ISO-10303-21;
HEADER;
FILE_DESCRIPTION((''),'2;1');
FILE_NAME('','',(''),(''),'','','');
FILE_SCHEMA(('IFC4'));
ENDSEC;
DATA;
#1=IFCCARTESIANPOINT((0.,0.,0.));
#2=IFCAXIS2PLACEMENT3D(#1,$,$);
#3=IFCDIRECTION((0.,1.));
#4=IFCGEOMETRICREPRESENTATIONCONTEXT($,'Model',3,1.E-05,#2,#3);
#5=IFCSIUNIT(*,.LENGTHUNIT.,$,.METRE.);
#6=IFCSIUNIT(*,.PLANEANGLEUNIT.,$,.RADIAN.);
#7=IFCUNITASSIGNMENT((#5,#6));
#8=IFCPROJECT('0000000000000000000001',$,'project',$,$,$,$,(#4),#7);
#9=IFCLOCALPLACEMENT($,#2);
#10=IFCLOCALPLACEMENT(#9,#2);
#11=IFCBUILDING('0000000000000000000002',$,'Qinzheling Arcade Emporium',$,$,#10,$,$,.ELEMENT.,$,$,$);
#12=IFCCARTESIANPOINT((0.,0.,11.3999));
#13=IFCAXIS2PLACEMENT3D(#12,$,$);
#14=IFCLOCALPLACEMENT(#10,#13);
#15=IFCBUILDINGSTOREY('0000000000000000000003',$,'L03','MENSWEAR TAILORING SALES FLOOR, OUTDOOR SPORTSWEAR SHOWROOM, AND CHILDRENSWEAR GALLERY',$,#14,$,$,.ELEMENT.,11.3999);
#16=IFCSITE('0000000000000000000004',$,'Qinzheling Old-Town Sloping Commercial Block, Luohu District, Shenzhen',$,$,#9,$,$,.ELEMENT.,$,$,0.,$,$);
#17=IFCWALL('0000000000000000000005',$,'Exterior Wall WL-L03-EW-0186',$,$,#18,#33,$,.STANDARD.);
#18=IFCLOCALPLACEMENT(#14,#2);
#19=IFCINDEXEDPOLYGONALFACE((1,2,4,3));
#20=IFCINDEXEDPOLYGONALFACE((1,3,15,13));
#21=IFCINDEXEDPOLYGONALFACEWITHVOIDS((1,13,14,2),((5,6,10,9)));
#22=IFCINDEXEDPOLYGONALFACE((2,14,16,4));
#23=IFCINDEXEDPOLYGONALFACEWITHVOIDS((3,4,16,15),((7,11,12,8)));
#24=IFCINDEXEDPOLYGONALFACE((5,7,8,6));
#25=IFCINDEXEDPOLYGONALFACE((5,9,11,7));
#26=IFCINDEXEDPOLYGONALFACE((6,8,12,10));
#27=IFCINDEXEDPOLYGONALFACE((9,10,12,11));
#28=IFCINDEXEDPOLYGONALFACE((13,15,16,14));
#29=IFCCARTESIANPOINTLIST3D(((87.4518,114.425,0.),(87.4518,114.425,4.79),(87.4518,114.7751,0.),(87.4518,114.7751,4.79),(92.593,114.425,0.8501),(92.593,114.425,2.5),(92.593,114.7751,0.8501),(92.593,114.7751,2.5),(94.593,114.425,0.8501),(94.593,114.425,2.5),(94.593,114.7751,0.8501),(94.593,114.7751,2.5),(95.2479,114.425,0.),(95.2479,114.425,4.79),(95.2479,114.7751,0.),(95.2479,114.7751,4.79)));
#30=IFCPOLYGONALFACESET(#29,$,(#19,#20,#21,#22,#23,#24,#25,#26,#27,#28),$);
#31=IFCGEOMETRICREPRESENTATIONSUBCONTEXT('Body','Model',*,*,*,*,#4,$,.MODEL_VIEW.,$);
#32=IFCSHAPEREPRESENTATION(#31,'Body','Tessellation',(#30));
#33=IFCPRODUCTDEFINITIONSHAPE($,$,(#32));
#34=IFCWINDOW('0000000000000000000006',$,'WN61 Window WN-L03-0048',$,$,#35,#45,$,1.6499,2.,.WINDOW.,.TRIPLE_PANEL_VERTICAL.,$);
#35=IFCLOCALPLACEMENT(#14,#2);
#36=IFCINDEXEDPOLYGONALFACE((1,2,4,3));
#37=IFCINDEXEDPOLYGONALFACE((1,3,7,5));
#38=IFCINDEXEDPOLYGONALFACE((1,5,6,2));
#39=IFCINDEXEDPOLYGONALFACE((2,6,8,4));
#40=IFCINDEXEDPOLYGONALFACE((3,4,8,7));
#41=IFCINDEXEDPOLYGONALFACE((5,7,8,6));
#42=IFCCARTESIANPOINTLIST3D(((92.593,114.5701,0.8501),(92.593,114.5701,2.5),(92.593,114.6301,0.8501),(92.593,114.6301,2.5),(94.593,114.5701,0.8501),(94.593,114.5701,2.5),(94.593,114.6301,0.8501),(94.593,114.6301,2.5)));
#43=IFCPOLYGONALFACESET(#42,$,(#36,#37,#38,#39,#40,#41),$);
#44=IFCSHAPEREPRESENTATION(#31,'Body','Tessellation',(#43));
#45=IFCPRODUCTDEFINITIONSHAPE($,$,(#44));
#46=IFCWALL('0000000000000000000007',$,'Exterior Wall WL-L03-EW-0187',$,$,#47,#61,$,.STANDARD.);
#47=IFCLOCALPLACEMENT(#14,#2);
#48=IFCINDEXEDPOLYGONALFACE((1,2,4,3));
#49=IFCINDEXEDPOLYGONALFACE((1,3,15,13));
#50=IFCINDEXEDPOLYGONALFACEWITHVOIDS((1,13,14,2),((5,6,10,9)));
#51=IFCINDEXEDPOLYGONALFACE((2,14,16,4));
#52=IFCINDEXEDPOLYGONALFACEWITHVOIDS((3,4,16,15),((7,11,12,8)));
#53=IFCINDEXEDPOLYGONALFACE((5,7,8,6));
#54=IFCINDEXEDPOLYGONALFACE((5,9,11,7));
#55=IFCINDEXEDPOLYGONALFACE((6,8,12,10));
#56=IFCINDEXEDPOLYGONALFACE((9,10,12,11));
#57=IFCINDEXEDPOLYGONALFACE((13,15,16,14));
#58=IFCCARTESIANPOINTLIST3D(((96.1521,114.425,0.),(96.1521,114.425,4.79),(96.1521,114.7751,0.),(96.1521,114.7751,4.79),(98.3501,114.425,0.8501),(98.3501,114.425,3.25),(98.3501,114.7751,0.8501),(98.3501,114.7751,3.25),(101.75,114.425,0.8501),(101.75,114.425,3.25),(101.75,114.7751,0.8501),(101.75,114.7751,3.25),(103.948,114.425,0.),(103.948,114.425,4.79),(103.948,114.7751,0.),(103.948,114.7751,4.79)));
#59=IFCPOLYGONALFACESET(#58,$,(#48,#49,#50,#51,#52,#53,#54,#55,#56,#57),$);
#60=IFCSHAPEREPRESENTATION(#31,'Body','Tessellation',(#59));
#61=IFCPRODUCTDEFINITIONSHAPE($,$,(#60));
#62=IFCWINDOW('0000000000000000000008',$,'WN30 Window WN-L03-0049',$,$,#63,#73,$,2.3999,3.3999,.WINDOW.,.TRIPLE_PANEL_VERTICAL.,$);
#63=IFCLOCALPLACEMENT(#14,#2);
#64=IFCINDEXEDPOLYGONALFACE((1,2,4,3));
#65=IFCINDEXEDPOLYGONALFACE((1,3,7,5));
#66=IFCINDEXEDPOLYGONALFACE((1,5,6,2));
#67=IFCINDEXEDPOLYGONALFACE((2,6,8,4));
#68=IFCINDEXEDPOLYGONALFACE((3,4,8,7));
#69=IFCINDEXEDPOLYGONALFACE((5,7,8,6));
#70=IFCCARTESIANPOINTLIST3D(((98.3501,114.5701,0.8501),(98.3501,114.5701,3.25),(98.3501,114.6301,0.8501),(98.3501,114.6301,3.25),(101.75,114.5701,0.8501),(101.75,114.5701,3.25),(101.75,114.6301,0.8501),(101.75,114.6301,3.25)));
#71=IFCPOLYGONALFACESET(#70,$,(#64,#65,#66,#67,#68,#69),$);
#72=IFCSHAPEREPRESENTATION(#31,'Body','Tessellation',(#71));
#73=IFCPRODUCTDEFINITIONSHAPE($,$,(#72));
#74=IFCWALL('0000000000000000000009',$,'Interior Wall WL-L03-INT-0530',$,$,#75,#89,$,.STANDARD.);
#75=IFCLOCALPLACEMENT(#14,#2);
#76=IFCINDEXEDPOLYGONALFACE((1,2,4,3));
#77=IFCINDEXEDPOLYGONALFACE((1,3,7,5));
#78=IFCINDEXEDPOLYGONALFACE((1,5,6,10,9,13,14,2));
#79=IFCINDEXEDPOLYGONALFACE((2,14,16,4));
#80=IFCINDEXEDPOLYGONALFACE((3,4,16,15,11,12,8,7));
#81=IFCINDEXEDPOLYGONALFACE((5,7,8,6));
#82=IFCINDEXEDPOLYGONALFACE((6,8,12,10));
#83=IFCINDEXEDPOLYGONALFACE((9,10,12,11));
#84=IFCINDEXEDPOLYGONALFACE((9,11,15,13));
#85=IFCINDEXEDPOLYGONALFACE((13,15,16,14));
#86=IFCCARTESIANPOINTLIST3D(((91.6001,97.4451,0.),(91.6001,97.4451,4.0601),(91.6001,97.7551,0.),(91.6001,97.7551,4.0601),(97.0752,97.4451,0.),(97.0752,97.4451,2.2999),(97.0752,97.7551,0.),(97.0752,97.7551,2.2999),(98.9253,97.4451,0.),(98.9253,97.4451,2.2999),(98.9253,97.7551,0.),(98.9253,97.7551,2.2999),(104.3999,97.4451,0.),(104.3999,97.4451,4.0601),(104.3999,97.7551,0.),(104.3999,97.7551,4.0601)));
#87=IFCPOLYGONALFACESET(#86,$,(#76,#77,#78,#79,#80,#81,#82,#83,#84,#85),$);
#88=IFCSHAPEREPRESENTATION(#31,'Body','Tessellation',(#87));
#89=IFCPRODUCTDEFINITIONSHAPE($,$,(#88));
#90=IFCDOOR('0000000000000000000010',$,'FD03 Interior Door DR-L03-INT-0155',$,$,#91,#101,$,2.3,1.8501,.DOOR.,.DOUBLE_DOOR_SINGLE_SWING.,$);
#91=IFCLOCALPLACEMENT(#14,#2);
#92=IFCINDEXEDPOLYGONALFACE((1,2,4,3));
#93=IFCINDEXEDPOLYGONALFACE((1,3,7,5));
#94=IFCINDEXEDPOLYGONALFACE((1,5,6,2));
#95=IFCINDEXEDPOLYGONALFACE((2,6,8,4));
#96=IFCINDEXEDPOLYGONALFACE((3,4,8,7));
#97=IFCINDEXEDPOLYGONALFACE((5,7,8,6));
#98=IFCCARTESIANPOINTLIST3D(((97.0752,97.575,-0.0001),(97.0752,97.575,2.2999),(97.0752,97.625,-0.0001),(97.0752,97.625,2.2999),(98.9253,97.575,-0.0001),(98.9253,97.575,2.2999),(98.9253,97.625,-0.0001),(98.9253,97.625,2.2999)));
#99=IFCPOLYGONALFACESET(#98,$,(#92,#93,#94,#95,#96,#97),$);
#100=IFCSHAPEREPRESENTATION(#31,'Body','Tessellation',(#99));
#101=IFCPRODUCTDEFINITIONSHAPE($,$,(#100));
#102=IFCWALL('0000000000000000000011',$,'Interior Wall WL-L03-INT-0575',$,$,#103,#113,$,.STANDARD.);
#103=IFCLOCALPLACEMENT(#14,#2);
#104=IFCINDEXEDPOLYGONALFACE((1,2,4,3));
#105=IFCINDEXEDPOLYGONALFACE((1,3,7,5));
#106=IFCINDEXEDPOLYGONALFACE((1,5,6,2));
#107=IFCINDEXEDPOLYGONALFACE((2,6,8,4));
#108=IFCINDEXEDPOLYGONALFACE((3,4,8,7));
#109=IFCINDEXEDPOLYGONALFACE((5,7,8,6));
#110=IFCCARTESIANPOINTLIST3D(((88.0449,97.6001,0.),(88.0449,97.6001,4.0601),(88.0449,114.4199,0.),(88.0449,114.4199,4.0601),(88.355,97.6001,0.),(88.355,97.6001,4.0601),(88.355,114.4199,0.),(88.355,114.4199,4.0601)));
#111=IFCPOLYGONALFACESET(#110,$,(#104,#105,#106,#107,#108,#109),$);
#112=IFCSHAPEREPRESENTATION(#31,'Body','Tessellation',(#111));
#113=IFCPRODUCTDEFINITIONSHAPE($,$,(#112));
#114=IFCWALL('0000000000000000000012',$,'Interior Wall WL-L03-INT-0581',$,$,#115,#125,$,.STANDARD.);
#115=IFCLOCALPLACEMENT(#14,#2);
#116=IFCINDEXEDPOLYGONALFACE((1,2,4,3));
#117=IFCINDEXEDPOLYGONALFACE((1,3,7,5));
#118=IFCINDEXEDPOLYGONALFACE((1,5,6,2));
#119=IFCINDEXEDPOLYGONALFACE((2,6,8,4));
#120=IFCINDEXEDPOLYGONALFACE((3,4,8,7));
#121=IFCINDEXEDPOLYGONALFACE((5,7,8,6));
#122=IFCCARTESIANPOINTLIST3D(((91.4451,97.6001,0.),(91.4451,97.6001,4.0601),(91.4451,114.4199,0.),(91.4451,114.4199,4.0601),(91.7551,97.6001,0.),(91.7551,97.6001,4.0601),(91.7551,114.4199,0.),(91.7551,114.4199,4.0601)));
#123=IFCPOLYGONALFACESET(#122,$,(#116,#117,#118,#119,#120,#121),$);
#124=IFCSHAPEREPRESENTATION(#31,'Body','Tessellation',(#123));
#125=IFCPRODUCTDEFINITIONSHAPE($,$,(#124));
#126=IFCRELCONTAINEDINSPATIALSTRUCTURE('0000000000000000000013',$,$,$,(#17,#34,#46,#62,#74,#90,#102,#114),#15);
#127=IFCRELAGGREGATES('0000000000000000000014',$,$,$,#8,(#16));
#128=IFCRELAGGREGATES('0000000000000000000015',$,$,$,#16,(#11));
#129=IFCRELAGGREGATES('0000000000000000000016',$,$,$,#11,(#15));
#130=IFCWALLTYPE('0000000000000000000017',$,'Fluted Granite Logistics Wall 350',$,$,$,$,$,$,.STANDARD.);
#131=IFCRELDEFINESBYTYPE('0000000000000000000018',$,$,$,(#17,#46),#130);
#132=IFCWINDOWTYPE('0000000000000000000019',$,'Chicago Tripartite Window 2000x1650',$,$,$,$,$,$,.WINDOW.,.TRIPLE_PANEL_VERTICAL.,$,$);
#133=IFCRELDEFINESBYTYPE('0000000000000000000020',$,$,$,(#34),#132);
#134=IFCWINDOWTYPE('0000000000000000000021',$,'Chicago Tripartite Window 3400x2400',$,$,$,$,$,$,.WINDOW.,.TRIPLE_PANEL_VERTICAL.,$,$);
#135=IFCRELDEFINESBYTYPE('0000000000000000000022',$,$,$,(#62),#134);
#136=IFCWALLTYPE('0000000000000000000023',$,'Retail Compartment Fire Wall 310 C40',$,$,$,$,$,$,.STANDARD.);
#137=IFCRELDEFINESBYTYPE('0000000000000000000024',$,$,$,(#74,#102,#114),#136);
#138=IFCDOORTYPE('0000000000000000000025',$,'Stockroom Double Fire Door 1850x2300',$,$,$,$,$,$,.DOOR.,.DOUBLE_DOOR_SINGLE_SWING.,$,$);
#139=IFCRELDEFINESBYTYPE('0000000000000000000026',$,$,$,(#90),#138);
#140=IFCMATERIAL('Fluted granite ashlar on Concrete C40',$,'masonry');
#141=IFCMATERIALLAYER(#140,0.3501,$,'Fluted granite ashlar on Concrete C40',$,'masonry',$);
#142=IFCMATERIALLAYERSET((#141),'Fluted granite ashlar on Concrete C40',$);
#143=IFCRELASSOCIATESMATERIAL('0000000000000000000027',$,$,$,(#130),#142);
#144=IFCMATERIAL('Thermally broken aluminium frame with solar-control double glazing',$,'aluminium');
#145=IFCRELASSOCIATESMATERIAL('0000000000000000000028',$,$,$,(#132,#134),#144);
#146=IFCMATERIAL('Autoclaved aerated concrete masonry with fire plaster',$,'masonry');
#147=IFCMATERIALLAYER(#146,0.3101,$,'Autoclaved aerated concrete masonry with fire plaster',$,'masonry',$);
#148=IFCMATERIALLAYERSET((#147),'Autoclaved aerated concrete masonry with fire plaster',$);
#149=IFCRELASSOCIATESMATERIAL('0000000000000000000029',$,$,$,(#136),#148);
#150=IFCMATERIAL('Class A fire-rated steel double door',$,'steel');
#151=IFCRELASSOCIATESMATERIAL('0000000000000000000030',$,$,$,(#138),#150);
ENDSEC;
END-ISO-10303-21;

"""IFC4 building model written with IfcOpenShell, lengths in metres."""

from ifc_helpers import new_model, si_unit, direction, frame, frame_2d, origin, place, context, subcontext, project, spatial, rectangle, extrude, material, layer, layer_set, type_object, element, fill, save


model = new_model("IFC4")

# Units and contexts
model_context = context("Model", 3, precision=1e-05, world=origin(), true_north=direction((0.0, 1.0)))
body_context = subcontext(model_context, "Body", "Model", "MODEL_VIEW")
ifc_project = project(units=[si_unit("LENGTHUNIT", "METRE"), si_unit("PLANEANGLEUNIT", "RADIAN")], contexts=[model_context])

# Site, building, storey
site_placement = place(None, origin())
site = spatial("IfcSite", under=ifc_project, at=site_placement, Name="Qinzheling Old-Town Sloping Commercial Block, Luohu District, Shenzhen", CompositionType="ELEMENT", RefElevation=0.0)
building_placement = place(site_placement, origin())
building = spatial("IfcBuilding", under=site, at=building_placement, Name="Qinzheling Arcade Emporium", CompositionType="ELEMENT")
storey_placement = place(building_placement, frame((0.0, 0.0, 11.3999)))
storey = spatial("IfcBuildingStorey", under=building, at=storey_placement, Name="L03", Description="MENSWEAR TAILORING SALES FLOOR, OUTDOOR SPORTSWEAR SHOWROOM, AND CHILDRENSWEAR GALLERY", CompositionType="ELEMENT", Elevation=11.3999)

# Walls, openings, windows
ifc_material_1 = material(Name="Fluted granite ashlar on Concrete C40", Category="masonry")
ifc_layer_1 = layer(ifc_material_1, 0.3501, Name="Fluted granite ashlar on Concrete C40", Category="masonry")
ifc_layer_set_1 = layer_set([ifc_layer_1], Name="Fluted granite ashlar on Concrete C40")
wall_type_1 = type_object("IfcWallType", Name="Fluted Granite Logistics Wall 350", PredefinedType="STANDARD", material=ifc_layer_set_1)
wall_1_placement = place(storey_placement, frame((87.4519, 114.6001, 0.0), z_axis=(0.0, 0.0, 1.0), x_axis=(1.0, 0.0, 0.0)))
wall_1 = element("IfcWall", 1, at=wall_1_placement, inside=storey, type_object=wall_type_1, Name="Exterior Wall WL-L03-EW-0186", PredefinedType="STANDARD", context=body_context, shape_type="SweptSolid", body=[
    extrude(rectangle(XDim=7.7961, YDim=0.3501, at=frame_2d((3.8979, 0.0))), origin(), (0.0, 0.0, 1.0), 4.79),
])
opening_1_placement = place(wall_1_placement, frame((5.1411, 0.0, 0.8501)))
opening_1 = element("IfcOpeningElement", 2, at=opening_1_placement, cuts=wall_1, PredefinedType="OPENING", context=body_context, shape_type="SweptSolid", body=[
    extrude(rectangle(XDim=2.0, YDim=1.6499, at=frame_2d((1.0, 0.825))), frame((0.0, 0.1851, 0.0), z_axis=(0.0, -1.0, 0.0), x_axis=(1.0, 0.0, 0.0)), (0.0, 0.0, 1.0), 0.3701),
])
ifc_material_2 = material(Name="Thermally broken aluminium frame with solar-control double glazing", Category="aluminium")
window_type_1 = type_object("IfcWindowType", Name="Chicago Tripartite Window 2000x1650", PartitioningType="TRIPLE_PANEL_VERTICAL", PredefinedType="WINDOW", material=ifc_material_2)
window_1_placement = place(opening_1_placement, origin())
window_1 = element("IfcWindow", 3, at=window_1_placement, inside=storey, type_object=window_type_1, Name="WN61 Window WN-L03-0048", OverallHeight=1.6499, OverallWidth=2.0, PartitioningType="TRIPLE_PANEL_VERTICAL", PredefinedType="WINDOW", context=body_context, shape_type="SweptSolid", body=[
    extrude(rectangle(XDim=2.0, YDim=1.6499, at=frame_2d((1.0, 0.825))), frame((0.0, 0.03, 0.0), z_axis=(0.0, -1.0, 0.0), x_axis=(1.0, 0.0, 0.0)), (0.0, 0.0, 1.0), 0.0601),
])
fill(opening_1, window_1)
wall_2_placement = place(storey_placement, frame((96.1521, 114.6001, 0.0), z_axis=(0.0, 0.0, 1.0), x_axis=(1.0, 0.0, 0.0)))
wall_2 = element("IfcWall", 4, at=wall_2_placement, inside=storey, type_object=wall_type_1, Name="Exterior Wall WL-L03-EW-0187", PredefinedType="STANDARD", context=body_context, shape_type="SweptSolid", body=[
    extrude(rectangle(XDim=7.7959, YDim=0.3501, at=frame_2d((3.8979, 0.0))), origin(), (0.0, 0.0, 1.0), 4.79),
])
opening_2_placement = place(wall_2_placement, frame((2.198, 0.0, 0.8501)))
opening_2 = element("IfcOpeningElement", 5, at=opening_2_placement, cuts=wall_2, PredefinedType="OPENING", context=body_context, shape_type="SweptSolid", body=[
    extrude(rectangle(XDim=3.3999, YDim=2.3999, at=frame_2d((1.7, 1.2))), frame((0.0, 0.1851, 0.0), z_axis=(0.0, -1.0, 0.0), x_axis=(1.0, 0.0, 0.0)), (0.0, 0.0, 1.0), 0.3701),
])
window_type_2 = type_object("IfcWindowType", Name="Chicago Tripartite Window 3400x2400", PartitioningType="TRIPLE_PANEL_VERTICAL", PredefinedType="WINDOW", material=ifc_material_2)
window_2_placement = place(opening_2_placement, origin())
window_2 = element("IfcWindow", 6, at=window_2_placement, inside=storey, type_object=window_type_2, Name="WN30 Window WN-L03-0049", OverallHeight=2.3999, OverallWidth=3.3999, PartitioningType="TRIPLE_PANEL_VERTICAL", PredefinedType="WINDOW", context=body_context, shape_type="SweptSolid", body=[
    extrude(rectangle(XDim=3.3999, YDim=2.3999, at=frame_2d((1.7, 1.2))), frame((0.0, 0.03, 0.0), z_axis=(0.0, -1.0, 0.0), x_axis=(1.0, 0.0, 0.0)), (0.0, 0.0, 1.0), 0.0601),
])
fill(opening_2, window_2)

# Wall, opening, door
ifc_material_3 = material(Name="Autoclaved aerated concrete masonry with fire plaster", Category="masonry")
ifc_layer_2 = layer(ifc_material_3, 0.3101, Name="Autoclaved aerated concrete masonry with fire plaster", Category="masonry")
ifc_layer_set_2 = layer_set([ifc_layer_2], Name="Autoclaved aerated concrete masonry with fire plaster")
wall_type_2 = type_object("IfcWallType", Name="Retail Compartment Fire Wall 310 C40", PredefinedType="STANDARD", material=ifc_layer_set_2)
wall_3_placement = place(storey_placement, frame((91.6001, 97.6001, 0.0), z_axis=(0.0, 0.0, 1.0), x_axis=(1.0, 0.0, 0.0)))
wall_3 = element("IfcWall", 7, at=wall_3_placement, inside=storey, type_object=wall_type_2, Name="Interior Wall WL-L03-INT-0530", PredefinedType="STANDARD", context=body_context, shape_type="SweptSolid", body=[
    extrude(rectangle(XDim=12.7998, YDim=0.3101, at=frame_2d((6.3999, 0.0))), origin(), (0.0, 0.0, 1.0), 4.0601),
])
opening_3_placement = place(wall_3_placement, frame((5.4751, 0.0, 0.0)))
opening_3 = element("IfcOpeningElement", 8, at=opening_3_placement, cuts=wall_3, PredefinedType="OPENING", context=body_context, shape_type="SweptSolid", body=[
    extrude(rectangle(XDim=1.8501, YDim=2.3, at=frame_2d((0.925, 1.1499))), frame((0.0, 0.165, 0.0), z_axis=(0.0, -1.0, 0.0), x_axis=(1.0, 0.0, 0.0)), (0.0, 0.0, 1.0), 0.3301),
])
ifc_material_4 = material(Name="Class A fire-rated steel double door", Category="steel")
door_type_1 = type_object("IfcDoorType", Name="Stockroom Double Fire Door 1850x2300", OperationType="DOUBLE_DOOR_SINGLE_SWING", PredefinedType="DOOR", material=ifc_material_4)
door_1_placement = place(opening_3_placement, origin())
door_1 = element("IfcDoor", 9, at=door_1_placement, inside=storey, type_object=door_type_1, Name="FD03 Interior Door DR-L03-INT-0155", OperationType="DOUBLE_DOOR_SINGLE_SWING", OverallHeight=2.3, OverallWidth=1.8501, PredefinedType="DOOR", context=body_context, shape_type="SweptSolid", body=[
    extrude(rectangle(XDim=1.8501, YDim=2.3, at=frame_2d((0.925, 1.1499))), frame((0.0, 0.0249, 0.0), z_axis=(0.0, -1.0, 0.0), x_axis=(1.0, 0.0, 0.0)), (0.0, 0.0, 1.0), 0.05),
])
fill(opening_3, door_1)

# Walls
for number, where, z_axis, x_axis, name in (
    (10, (88.2, 114.4199, 0.0), (0.0, 0.0, 1.0), (0.0, -1.0, 0.0), "Interior Wall WL-L03-INT-0575"),
    (11, (91.6001, 97.6001, 0.0), (0.0, 0.0, 1.0), (0.0, 1.0, 0.0), "Interior Wall WL-L03-INT-0581"),
):
    element("IfcWall", number, at=place(storey_placement, frame(where, z_axis=z_axis, x_axis=x_axis)), inside=storey, type_object=wall_type_2, Name=name, PredefinedType="STANDARD", context=body_context, shape_type="SweptSolid", body=[
        extrude(rectangle(XDim=16.8198, YDim=0.3101, at=frame_2d((8.4099, 0.0))), origin(), (0.0, 0.0, 1.0), 4.0601),
    ])

save(model, "model.ifc")
